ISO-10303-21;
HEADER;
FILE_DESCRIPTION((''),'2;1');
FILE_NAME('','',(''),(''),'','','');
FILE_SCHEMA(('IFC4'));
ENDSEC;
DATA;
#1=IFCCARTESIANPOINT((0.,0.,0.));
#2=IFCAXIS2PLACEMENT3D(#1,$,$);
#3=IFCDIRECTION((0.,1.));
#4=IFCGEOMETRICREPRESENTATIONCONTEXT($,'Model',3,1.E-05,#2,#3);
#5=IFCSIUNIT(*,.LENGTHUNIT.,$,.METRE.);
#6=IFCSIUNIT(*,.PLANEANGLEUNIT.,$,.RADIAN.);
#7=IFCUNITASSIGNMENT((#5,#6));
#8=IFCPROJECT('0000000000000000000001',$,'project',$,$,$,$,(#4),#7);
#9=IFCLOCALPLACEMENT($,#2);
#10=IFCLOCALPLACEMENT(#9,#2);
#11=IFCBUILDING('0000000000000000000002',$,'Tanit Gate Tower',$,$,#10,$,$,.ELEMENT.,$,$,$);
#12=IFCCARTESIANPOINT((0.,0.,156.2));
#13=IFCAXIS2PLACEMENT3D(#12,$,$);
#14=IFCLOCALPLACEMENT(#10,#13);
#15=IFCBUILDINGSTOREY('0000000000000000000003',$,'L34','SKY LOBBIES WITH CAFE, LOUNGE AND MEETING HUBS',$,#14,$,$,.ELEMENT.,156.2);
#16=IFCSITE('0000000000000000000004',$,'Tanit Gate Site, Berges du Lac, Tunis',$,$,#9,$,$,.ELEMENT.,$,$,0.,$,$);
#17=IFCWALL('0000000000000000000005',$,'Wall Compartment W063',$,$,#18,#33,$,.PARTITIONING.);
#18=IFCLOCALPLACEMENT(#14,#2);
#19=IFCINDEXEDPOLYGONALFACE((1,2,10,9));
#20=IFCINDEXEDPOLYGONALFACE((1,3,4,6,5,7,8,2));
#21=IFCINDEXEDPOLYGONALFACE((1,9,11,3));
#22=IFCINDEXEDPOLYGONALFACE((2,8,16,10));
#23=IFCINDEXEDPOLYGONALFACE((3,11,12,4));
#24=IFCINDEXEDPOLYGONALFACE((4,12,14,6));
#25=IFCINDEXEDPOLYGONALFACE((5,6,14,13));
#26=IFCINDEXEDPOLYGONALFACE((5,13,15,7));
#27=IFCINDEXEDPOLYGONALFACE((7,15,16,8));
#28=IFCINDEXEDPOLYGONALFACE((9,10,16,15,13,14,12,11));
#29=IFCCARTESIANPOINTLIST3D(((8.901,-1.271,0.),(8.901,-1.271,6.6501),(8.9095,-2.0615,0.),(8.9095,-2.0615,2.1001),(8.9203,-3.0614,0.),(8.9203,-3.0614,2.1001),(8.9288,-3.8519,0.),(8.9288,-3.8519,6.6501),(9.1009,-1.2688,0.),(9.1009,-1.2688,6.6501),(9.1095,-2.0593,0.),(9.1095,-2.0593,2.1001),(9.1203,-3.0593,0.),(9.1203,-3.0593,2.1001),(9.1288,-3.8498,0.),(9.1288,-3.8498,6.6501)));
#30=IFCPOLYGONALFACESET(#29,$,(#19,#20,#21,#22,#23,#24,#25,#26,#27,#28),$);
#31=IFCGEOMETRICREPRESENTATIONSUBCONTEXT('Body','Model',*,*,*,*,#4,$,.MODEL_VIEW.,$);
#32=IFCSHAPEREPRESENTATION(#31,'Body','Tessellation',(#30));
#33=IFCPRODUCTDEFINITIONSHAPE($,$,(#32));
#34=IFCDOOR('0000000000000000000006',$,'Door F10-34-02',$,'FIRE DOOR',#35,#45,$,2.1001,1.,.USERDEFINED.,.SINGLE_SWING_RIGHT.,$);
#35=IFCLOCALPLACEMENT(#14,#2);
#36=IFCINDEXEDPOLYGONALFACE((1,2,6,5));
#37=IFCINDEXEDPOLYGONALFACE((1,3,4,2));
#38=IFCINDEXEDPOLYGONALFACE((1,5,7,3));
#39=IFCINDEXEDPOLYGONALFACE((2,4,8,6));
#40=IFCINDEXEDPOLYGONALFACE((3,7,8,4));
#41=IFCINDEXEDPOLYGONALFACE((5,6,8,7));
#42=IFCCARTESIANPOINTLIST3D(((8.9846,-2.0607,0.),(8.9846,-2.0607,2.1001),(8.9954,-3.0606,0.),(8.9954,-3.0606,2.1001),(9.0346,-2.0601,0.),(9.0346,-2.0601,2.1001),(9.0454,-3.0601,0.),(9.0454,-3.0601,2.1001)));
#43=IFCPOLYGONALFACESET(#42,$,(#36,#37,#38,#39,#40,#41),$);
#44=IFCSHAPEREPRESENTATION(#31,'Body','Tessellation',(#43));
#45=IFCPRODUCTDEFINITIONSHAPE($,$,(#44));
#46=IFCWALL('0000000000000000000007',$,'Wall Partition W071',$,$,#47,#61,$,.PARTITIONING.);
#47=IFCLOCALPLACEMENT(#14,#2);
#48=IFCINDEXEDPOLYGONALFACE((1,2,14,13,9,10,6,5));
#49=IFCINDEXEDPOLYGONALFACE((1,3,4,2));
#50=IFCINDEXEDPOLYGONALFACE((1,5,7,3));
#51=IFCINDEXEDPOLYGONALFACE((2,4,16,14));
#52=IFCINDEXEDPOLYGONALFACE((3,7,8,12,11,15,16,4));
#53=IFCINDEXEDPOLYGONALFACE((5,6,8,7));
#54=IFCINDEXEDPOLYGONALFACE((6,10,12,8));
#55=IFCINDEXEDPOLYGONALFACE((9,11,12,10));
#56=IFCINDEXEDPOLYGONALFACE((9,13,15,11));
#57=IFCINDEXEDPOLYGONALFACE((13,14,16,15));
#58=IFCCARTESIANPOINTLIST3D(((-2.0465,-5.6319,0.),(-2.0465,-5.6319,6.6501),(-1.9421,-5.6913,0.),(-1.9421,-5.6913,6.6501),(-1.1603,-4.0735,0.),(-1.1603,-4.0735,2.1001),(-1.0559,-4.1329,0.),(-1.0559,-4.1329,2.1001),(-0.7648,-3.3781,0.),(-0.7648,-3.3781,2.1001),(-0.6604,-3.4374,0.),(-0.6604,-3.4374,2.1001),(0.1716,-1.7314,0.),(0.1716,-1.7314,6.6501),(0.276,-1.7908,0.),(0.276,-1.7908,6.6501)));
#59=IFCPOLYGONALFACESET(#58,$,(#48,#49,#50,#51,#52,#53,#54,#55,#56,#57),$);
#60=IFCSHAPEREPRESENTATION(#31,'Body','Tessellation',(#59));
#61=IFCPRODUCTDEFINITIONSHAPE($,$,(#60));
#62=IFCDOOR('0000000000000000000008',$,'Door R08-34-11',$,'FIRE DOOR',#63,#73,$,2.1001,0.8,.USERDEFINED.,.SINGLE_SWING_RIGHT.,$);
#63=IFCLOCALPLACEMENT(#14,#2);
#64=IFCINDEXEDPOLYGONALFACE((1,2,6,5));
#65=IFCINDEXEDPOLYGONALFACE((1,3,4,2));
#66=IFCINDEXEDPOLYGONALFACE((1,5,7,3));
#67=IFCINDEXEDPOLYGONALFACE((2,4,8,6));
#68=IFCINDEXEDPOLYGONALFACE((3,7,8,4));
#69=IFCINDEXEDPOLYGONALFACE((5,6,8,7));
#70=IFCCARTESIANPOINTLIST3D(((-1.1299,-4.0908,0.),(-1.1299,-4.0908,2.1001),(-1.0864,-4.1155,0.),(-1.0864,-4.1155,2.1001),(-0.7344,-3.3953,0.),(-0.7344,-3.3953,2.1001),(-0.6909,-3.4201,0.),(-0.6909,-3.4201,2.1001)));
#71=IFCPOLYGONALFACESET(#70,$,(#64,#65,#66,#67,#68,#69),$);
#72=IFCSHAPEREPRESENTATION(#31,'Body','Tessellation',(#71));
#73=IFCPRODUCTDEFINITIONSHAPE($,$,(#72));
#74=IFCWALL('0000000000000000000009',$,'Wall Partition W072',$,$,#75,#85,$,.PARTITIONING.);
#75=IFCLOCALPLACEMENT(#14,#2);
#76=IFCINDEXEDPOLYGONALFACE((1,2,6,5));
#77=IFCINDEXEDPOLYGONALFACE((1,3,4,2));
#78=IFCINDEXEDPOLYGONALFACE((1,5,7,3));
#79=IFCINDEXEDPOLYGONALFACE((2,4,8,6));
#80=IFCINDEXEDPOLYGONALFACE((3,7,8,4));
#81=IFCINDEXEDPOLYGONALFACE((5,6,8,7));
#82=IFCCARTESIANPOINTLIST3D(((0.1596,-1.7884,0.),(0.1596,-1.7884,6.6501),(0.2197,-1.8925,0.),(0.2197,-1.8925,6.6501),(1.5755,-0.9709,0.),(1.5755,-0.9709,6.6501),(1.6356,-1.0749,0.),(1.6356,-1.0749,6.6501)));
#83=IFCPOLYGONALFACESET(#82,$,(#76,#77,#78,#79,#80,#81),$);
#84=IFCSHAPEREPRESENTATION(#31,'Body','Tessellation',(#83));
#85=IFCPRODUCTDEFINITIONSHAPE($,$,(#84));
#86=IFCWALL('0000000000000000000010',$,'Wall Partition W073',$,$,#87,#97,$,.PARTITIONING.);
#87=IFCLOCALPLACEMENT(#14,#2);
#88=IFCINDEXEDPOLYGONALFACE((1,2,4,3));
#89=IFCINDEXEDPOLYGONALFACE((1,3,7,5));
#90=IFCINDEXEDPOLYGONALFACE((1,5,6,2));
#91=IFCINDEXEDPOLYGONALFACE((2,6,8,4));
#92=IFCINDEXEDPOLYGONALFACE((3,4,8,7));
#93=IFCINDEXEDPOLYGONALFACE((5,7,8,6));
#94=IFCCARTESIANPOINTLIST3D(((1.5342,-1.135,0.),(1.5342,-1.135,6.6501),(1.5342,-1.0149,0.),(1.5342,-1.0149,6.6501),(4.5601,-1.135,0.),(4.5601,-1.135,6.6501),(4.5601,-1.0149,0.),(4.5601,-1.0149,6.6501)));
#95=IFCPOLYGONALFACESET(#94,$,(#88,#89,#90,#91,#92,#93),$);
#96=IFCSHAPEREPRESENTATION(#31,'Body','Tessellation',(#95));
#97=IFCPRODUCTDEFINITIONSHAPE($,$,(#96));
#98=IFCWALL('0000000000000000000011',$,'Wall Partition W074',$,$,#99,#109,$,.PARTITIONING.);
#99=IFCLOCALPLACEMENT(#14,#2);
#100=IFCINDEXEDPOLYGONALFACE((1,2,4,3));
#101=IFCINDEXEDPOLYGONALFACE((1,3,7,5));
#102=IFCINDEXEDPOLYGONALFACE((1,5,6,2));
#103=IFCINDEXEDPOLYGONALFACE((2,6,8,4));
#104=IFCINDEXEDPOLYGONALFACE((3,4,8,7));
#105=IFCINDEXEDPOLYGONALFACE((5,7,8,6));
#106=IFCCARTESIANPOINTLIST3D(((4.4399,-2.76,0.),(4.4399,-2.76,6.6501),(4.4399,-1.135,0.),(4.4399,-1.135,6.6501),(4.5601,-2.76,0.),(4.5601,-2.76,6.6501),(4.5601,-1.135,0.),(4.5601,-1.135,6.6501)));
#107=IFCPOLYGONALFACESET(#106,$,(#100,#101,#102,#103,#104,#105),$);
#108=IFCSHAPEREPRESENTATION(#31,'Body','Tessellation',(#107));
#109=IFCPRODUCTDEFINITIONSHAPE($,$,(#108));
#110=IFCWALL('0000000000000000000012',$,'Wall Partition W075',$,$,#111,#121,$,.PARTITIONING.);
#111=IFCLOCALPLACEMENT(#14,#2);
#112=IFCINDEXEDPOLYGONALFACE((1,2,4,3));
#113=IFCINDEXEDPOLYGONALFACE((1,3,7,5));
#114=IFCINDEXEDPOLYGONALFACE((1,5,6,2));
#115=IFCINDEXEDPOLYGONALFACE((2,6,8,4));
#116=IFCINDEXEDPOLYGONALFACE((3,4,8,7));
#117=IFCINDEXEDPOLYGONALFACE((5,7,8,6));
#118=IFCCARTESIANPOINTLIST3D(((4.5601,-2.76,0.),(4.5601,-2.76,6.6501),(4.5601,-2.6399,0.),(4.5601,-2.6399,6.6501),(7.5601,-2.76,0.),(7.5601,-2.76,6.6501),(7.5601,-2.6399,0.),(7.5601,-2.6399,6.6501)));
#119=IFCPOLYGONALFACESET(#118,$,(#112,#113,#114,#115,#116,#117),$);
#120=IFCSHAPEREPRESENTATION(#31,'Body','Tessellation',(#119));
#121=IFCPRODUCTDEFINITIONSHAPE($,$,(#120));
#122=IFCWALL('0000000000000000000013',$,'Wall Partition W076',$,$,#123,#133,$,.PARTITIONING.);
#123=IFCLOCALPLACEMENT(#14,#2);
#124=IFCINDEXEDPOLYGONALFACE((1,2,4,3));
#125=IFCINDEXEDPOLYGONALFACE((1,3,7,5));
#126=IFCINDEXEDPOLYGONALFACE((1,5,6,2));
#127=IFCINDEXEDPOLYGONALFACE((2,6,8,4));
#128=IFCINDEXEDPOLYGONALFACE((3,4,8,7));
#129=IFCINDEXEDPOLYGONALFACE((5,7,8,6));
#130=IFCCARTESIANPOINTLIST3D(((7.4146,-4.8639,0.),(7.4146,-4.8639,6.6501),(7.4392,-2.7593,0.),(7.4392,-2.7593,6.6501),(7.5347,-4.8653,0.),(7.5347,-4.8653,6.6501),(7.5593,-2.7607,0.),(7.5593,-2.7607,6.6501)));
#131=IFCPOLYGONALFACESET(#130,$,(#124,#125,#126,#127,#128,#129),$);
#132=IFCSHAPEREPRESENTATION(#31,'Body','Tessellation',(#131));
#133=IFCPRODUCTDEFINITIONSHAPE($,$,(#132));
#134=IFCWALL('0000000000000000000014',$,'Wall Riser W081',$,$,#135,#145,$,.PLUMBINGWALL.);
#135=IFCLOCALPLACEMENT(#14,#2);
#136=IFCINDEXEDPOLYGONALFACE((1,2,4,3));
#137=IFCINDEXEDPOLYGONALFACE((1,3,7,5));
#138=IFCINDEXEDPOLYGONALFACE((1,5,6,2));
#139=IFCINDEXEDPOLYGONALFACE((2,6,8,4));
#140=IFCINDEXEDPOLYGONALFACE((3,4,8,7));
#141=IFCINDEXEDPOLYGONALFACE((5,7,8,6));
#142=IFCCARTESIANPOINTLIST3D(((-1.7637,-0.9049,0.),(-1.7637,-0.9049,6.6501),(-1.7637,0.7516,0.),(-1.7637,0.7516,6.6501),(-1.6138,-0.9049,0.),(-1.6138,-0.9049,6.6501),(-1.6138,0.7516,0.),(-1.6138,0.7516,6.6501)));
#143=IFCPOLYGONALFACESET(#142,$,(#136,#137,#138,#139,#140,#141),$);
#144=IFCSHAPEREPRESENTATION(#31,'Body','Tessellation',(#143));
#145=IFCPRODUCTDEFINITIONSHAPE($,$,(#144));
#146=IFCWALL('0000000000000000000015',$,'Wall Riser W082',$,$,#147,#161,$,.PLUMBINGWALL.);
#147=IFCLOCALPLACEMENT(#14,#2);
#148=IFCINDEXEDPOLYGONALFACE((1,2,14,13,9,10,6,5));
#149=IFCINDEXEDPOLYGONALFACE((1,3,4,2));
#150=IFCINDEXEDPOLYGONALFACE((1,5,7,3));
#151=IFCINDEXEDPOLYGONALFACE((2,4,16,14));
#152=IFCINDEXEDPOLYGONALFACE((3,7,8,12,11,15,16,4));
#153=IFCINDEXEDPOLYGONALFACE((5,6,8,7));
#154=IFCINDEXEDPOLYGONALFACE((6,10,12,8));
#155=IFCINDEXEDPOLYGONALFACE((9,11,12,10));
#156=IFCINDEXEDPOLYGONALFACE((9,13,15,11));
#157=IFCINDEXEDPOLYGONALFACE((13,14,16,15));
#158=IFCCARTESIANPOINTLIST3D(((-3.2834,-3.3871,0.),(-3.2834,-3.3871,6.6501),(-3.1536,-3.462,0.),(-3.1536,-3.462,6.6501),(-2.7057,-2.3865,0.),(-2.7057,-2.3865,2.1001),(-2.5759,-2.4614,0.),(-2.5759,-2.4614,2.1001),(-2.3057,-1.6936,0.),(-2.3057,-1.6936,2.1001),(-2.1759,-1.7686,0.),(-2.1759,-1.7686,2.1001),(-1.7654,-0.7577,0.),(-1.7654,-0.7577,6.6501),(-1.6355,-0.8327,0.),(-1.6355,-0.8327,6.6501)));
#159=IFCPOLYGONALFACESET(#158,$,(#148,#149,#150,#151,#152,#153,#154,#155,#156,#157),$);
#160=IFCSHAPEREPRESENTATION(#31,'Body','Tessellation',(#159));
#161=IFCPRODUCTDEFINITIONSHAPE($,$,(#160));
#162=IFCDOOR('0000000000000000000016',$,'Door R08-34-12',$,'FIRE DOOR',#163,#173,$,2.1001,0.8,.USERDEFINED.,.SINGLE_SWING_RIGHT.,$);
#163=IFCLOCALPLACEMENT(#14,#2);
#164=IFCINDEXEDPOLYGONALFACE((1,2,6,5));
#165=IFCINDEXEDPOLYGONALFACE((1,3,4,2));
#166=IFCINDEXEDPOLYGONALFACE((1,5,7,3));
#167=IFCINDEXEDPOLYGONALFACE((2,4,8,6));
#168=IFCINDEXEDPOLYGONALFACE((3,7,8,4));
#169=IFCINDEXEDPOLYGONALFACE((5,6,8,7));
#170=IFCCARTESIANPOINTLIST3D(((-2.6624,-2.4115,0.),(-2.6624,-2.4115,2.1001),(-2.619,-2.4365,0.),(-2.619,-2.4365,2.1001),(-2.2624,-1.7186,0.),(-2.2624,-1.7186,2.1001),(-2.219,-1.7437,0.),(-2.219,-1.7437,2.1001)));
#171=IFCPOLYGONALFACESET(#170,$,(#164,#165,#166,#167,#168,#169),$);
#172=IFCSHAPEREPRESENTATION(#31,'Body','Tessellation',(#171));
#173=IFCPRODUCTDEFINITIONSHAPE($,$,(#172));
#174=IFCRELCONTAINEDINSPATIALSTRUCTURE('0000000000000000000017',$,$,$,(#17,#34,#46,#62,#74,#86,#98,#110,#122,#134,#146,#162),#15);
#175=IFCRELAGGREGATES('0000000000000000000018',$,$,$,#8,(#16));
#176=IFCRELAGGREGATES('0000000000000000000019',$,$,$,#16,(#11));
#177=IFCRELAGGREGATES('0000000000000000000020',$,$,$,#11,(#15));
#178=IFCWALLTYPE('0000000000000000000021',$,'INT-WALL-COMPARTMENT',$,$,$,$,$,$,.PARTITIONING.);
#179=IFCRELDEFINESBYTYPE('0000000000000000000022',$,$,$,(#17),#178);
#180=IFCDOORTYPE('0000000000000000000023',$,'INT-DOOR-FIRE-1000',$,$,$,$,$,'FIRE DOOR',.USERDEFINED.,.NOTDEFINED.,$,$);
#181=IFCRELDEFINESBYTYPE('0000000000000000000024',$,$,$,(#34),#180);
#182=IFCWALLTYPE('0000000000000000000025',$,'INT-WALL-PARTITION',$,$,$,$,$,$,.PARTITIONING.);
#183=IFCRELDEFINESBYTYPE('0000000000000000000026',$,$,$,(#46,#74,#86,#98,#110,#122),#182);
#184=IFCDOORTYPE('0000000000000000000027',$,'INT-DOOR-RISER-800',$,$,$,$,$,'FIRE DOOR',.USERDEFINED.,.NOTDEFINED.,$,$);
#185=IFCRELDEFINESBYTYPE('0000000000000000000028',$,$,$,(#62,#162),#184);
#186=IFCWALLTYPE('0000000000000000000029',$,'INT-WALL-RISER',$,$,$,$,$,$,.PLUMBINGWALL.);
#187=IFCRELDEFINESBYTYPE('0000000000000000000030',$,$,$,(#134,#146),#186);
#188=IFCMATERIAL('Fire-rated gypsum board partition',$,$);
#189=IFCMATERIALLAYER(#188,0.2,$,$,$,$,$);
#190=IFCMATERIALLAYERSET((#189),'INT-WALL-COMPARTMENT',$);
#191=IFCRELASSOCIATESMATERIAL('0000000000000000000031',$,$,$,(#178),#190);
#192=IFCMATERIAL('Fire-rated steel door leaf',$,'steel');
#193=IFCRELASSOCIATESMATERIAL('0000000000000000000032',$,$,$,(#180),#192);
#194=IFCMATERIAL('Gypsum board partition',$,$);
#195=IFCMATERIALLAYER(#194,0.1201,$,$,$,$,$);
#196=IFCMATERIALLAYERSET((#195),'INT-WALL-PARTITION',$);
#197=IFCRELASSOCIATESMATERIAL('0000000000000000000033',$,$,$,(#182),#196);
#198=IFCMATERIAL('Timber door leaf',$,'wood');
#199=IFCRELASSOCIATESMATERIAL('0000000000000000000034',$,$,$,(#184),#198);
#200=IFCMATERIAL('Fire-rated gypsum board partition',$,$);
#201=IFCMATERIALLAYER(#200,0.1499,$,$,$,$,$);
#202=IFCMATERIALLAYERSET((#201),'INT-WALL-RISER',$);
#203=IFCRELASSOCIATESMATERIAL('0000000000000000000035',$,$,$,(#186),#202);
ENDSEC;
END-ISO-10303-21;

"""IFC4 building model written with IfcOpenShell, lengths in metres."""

from ifc_helpers import new_model, si_unit, direction, frame, frame_2d, origin, place, context, subcontext, project, spatial, rectangle, extrude, material, layer, layer_set, type_object, element, fill, save


model = new_model("IFC4")

# Units and contexts
model_context = context("Model", 3, precision=1e-05, world=origin(), true_north=direction((0.0, 1.0)))
body_context = subcontext(model_context, "Body", "Model", "MODEL_VIEW")
ifc_project = project(units=[si_unit("LENGTHUNIT", "METRE"), si_unit("PLANEANGLEUNIT", "RADIAN")], contexts=[model_context])

# Site, building, storey
site_placement = place(None, origin())
site = spatial("IfcSite", under=ifc_project, at=site_placement, Name="Tanit Gate Site, Berges du Lac, Tunis", CompositionType="ELEMENT", RefElevation=0.0)
building_placement = place(site_placement, origin())
building = spatial("IfcBuilding", under=site, at=building_placement, Name="Tanit Gate Tower", CompositionType="ELEMENT")
storey_placement = place(building_placement, frame((0.0, 0.0, 156.2)))
storey = spatial("IfcBuildingStorey", under=building, at=storey_placement, Name="L34", Description="SKY LOBBIES WITH CAFE, LOUNGE AND MEETING HUBS", CompositionType="ELEMENT", Elevation=156.2)

# Walls, openings, doors
ifc_material_1 = material(Name="Fire-rated gypsum board partition")
ifc_layer_1 = layer(ifc_material_1, 0.2)
ifc_layer_set_1 = layer_set([ifc_layer_1], Name="INT-WALL-COMPARTMENT")
wall_type_1 = type_object("IfcWallType", Name="INT-WALL-COMPARTMENT", PredefinedType="PARTITIONING", material=ifc_layer_set_1)
wall_1_placement = place(storey_placement, frame((9.0288, -3.8508, 0.0), z_axis=(0.0, 0.0, 1.0), x_axis=(-0.010784, 0.999942, 0.0)))
wall_1 = element("IfcWall", 1, at=wall_1_placement, inside=storey, type_object=wall_type_1, Name="Wall Compartment W063", PredefinedType="PARTITIONING", context=body_context, shape_type="SweptSolid", body=[
    extrude(rectangle(XDim=2.5811, YDim=0.2, at=frame_2d((1.2905, 0.0))), origin(), (0.0, 0.0, 1.0), 6.6501),
])
opening_1_placement = place(wall_1_placement, frame((0.7905, 0.0, 0.0)))
opening_1 = element("IfcOpeningElement", 2, at=opening_1_placement, cuts=wall_1, PredefinedType="OPENING", context=body_context, shape_type="SweptSolid", body=[
    extrude(rectangle(XDim=1.0, YDim=2.1001, at=frame_2d((0.5, 1.05))), frame((0.0, 0.1099, 0.0), z_axis=(0.0, -1.0, 0.0), x_axis=(1.0, 0.0, 0.0)), (0.0, 0.0, 1.0), 0.22),
])
ifc_material_2 = material(Name="Fire-rated steel door leaf", Category="steel")
door_type_1 = type_object("IfcDoorType", Name="INT-DOOR-FIRE-1000", ElementType="FIRE DOOR", OperationType="NOTDEFINED", PredefinedType="USERDEFINED", material=ifc_material_2)
door_1_placement = place(opening_1_placement, origin())
door_1 = element("IfcDoor", 3, at=door_1_placement, inside=storey, type_object=door_type_1, Name="Door F10-34-02", ObjectType="FIRE DOOR", OperationType="SINGLE_SWING_RIGHT", OverallHeight=2.1001, OverallWidth=1.0, PredefinedType="USERDEFINED", context=body_context, shape_type="SweptSolid", body=[
    extrude(rectangle(XDim=1.0, YDim=2.1001, at=frame_2d((0.5, 1.05))), frame((0.0, 0.0249, 0.0), z_axis=(0.0, -1.0, 0.0), x_axis=(1.0, 0.0, 0.0)), (0.0, 0.0, 1.0), 0.05),
])
fill(opening_1, door_1)
ifc_material_3 = material(Name="Gypsum board partition")
ifc_layer_2 = layer(ifc_material_3, 0.1201)
ifc_layer_set_2 = layer_set([ifc_layer_2], Name="INT-WALL-PARTITION")
wall_type_2 = type_object("IfcWallType", Name="INT-WALL-PARTITION", PredefinedType="PARTITIONING", material=ifc_layer_set_2)
wall_2_placement = place(storey_placement, frame((0.2239, -1.761, 0.0), z_axis=(0.0, 0.0, 1.0), x_axis=(-0.494327, -0.869276, 0.0)))
wall_2 = element("IfcWall", 4, at=wall_2_placement, inside=storey, type_object=wall_type_2, Name="Wall Partition W071", PredefinedType="PARTITIONING", context=body_context, shape_type="SweptSolid", body=[
    extrude(rectangle(XDim=4.4871, YDim=0.1201, at=frame_2d((2.2437, 0.0))), origin(), (0.0, 0.0, 1.0), 6.6501),
])
opening_2_placement = place(wall_2_placement, frame((1.8945, 0.0, 0.0)))
opening_2 = element("IfcOpeningElement", 5, at=opening_2_placement, cuts=wall_2, PredefinedType="OPENING", context=body_context, shape_type="SweptSolid", body=[
    extrude(rectangle(XDim=0.8, YDim=2.1001, at=frame_2d((0.3999, 1.05))), frame((0.0, 0.0701, 0.0), z_axis=(0.0, -1.0, 0.0), x_axis=(1.0, 0.0, 0.0)), (0.0, 0.0, 1.0), 0.1401),
])
ifc_material_4 = material(Name="Timber door leaf", Category="wood")
door_type_2 = type_object("IfcDoorType", Name="INT-DOOR-RISER-800", ElementType="FIRE DOOR", OperationType="NOTDEFINED", PredefinedType="USERDEFINED", material=ifc_material_4)
door_2_placement = place(opening_2_placement, origin())
door_2 = element("IfcDoor", 6, at=door_2_placement, inside=storey, type_object=door_type_2, Name="Door R08-34-11", ObjectType="FIRE DOOR", OperationType="SINGLE_SWING_RIGHT", OverallHeight=2.1001, OverallWidth=0.8, PredefinedType="USERDEFINED", context=body_context, shape_type="SweptSolid", body=[
    extrude(rectangle(XDim=0.8, YDim=2.1001, at=frame_2d((0.3999, 1.05))), frame((0.0, 0.0249, 0.0), z_axis=(0.0, -1.0, 0.0), x_axis=(1.0, 0.0, 0.0)), (0.0, 0.0, 1.0), 0.05),
])
fill(opening_2, door_2)

# Walls
wall_3_placement = place(storey_placement, frame((1.6055, -1.0229, 0.0), z_axis=(0.0, 0.0, 1.0), x_axis=(-0.866002, -0.500041, 0.0)))
element("IfcWall", 7, at=wall_3_placement, inside=storey, type_object=wall_type_2, Name="Wall Partition W072", PredefinedType="PARTITIONING", context=body_context, shape_type="SweptSolid", body=[
    extrude(rectangle(XDim=1.635, YDim=0.1201, at=frame_2d((0.8174, 0.0))), origin(), (0.0, 0.0, 1.0), 6.6501),
])
wall_4_placement = place(storey_placement, frame((4.5601, -1.075, 0.0), z_axis=(0.0, 0.0, 1.0), x_axis=(-1.0, 0.0, 0.0)))
element("IfcWall", 8, at=wall_4_placement, inside=storey, type_object=wall_type_2, Name="Wall Partition W073", PredefinedType="PARTITIONING", context=body_context, shape_type="SweptSolid", body=[
    extrude(rectangle(XDim=3.0259, YDim=0.1201, at=frame_2d((1.5129, 0.0))), origin(), (0.0, 0.0, 1.0), 6.6501),
])
wall_5_placement = place(storey_placement, frame((4.5, -2.76, 0.0), z_axis=(0.0, 0.0, 1.0), x_axis=(0.0, 1.0, 0.0)))
element("IfcWall", 9, at=wall_5_placement, inside=storey, type_object=wall_type_2, Name="Wall Partition W074", PredefinedType="PARTITIONING", context=body_context, shape_type="SweptSolid", body=[
    extrude(rectangle(XDim=1.625, YDim=0.1201, at=frame_2d((0.8125, 0.0))), origin(), (0.0, 0.0, 1.0), 6.6501),
])
wall_6_placement = place(storey_placement, frame((7.5601, -2.7, 0.0), z_axis=(0.0, 0.0, 1.0), x_axis=(-1.0, 0.0, 0.0)))
element("IfcWall", 10, at=wall_6_placement, inside=storey, type_object=wall_type_2, Name="Wall Partition W075", PredefinedType="PARTITIONING", context=body_context, shape_type="SweptSolid", body=[
    extrude(rectangle(XDim=3.0, YDim=0.1201, at=frame_2d((1.5, 0.0))), origin(), (0.0, 0.0, 1.0), 6.6501),
])
wall_7_placement = place(storey_placement, frame((7.4746, -4.8645, 0.0), z_axis=(0.0, 0.0, 1.0), x_axis=(0.011716, 0.999931, 0.0)))
element("IfcWall", 11, at=wall_7_placement, inside=storey, type_object=wall_type_2, Name="Wall Partition W076", PredefinedType="PARTITIONING", context=body_context, shape_type="SweptSolid", body=[
    extrude(rectangle(XDim=2.1047, YDim=0.1201, at=frame_2d((1.0522, 0.0))), origin(), (0.0, 0.0, 1.0), 6.6501),
])
ifc_material_5 = material(Name="Fire-rated gypsum board partition")
ifc_layer_3 = layer(ifc_material_5, 0.1499)
ifc_layer_set_3 = layer_set([ifc_layer_3], Name="INT-WALL-RISER")
wall_type_3 = type_object("IfcWallType", Name="INT-WALL-RISER", PredefinedType="PLUMBINGWALL", material=ifc_layer_set_3)
wall_8_placement = place(storey_placement, frame((-1.6887, -0.9048, 0.0), z_axis=(0.0, 0.0, 1.0), x_axis=(0.0, 1.0, 0.0)))
element("IfcWall", 12, at=wall_8_placement, inside=storey, type_object=wall_type_3, Name="Wall Riser W081", PredefinedType="PLUMBINGWALL", context=body_context, shape_type="SweptSolid", body=[
    extrude(rectangle(XDim=1.6565, YDim=0.1499, at=frame_2d((0.8281, 0.0))), origin(), (0.0, 0.0, 1.0), 6.6501),
])

# Wall, opening, door
wall_9_placement = place(storey_placement, frame((-3.2185, -3.4246, 0.0), z_axis=(0.0, 0.0, 1.0), x_axis=(0.499996, 0.866028, 0.0)))
wall_9 = element("IfcWall", 13, at=wall_9_placement, inside=storey, type_object=wall_type_3, Name="Wall Riser W082", PredefinedType="PLUMBINGWALL", context=body_context, shape_type="SweptSolid", body=[
    extrude(rectangle(XDim=3.0361, YDim=0.1499, at=frame_2d((1.5181, 0.0))), origin(), (0.0, 0.0, 1.0), 6.6501),
])
opening_3_placement = place(wall_9_placement, frame((1.1555, 0.0, 0.0)))
opening_3 = element("IfcOpeningElement", 14, at=opening_3_placement, cuts=wall_9, PredefinedType="OPENING", context=body_context, shape_type="SweptSolid", body=[
    extrude(rectangle(XDim=0.8, YDim=2.1001, at=frame_2d((0.3999, 1.05))), frame((0.0, 0.085, 0.0), z_axis=(0.0, -1.0, 0.0), x_axis=(1.0, 0.0, 0.0)), (0.0, 0.0, 1.0), 0.1699),
])
door_3_placement = place(opening_3_placement, origin())
door_3 = element("IfcDoor", 15, at=door_3_placement, inside=storey, type_object=door_type_2, Name="Door R08-34-12", ObjectType="FIRE DOOR", OperationType="SINGLE_SWING_RIGHT", OverallHeight=2.1001, OverallWidth=0.8, PredefinedType="USERDEFINED", context=body_context, shape_type="SweptSolid", body=[
    extrude(rectangle(XDim=0.8, YDim=2.1001, at=frame_2d((0.3999, 1.05))), frame((0.0, 0.0249, 0.0), z_axis=(0.0, -1.0, 0.0), x_axis=(1.0, 0.0, 0.0)), (0.0, 0.0, 1.0), 0.05),
])
fill(opening_3, door_3)

save(model, "model.ifc")
